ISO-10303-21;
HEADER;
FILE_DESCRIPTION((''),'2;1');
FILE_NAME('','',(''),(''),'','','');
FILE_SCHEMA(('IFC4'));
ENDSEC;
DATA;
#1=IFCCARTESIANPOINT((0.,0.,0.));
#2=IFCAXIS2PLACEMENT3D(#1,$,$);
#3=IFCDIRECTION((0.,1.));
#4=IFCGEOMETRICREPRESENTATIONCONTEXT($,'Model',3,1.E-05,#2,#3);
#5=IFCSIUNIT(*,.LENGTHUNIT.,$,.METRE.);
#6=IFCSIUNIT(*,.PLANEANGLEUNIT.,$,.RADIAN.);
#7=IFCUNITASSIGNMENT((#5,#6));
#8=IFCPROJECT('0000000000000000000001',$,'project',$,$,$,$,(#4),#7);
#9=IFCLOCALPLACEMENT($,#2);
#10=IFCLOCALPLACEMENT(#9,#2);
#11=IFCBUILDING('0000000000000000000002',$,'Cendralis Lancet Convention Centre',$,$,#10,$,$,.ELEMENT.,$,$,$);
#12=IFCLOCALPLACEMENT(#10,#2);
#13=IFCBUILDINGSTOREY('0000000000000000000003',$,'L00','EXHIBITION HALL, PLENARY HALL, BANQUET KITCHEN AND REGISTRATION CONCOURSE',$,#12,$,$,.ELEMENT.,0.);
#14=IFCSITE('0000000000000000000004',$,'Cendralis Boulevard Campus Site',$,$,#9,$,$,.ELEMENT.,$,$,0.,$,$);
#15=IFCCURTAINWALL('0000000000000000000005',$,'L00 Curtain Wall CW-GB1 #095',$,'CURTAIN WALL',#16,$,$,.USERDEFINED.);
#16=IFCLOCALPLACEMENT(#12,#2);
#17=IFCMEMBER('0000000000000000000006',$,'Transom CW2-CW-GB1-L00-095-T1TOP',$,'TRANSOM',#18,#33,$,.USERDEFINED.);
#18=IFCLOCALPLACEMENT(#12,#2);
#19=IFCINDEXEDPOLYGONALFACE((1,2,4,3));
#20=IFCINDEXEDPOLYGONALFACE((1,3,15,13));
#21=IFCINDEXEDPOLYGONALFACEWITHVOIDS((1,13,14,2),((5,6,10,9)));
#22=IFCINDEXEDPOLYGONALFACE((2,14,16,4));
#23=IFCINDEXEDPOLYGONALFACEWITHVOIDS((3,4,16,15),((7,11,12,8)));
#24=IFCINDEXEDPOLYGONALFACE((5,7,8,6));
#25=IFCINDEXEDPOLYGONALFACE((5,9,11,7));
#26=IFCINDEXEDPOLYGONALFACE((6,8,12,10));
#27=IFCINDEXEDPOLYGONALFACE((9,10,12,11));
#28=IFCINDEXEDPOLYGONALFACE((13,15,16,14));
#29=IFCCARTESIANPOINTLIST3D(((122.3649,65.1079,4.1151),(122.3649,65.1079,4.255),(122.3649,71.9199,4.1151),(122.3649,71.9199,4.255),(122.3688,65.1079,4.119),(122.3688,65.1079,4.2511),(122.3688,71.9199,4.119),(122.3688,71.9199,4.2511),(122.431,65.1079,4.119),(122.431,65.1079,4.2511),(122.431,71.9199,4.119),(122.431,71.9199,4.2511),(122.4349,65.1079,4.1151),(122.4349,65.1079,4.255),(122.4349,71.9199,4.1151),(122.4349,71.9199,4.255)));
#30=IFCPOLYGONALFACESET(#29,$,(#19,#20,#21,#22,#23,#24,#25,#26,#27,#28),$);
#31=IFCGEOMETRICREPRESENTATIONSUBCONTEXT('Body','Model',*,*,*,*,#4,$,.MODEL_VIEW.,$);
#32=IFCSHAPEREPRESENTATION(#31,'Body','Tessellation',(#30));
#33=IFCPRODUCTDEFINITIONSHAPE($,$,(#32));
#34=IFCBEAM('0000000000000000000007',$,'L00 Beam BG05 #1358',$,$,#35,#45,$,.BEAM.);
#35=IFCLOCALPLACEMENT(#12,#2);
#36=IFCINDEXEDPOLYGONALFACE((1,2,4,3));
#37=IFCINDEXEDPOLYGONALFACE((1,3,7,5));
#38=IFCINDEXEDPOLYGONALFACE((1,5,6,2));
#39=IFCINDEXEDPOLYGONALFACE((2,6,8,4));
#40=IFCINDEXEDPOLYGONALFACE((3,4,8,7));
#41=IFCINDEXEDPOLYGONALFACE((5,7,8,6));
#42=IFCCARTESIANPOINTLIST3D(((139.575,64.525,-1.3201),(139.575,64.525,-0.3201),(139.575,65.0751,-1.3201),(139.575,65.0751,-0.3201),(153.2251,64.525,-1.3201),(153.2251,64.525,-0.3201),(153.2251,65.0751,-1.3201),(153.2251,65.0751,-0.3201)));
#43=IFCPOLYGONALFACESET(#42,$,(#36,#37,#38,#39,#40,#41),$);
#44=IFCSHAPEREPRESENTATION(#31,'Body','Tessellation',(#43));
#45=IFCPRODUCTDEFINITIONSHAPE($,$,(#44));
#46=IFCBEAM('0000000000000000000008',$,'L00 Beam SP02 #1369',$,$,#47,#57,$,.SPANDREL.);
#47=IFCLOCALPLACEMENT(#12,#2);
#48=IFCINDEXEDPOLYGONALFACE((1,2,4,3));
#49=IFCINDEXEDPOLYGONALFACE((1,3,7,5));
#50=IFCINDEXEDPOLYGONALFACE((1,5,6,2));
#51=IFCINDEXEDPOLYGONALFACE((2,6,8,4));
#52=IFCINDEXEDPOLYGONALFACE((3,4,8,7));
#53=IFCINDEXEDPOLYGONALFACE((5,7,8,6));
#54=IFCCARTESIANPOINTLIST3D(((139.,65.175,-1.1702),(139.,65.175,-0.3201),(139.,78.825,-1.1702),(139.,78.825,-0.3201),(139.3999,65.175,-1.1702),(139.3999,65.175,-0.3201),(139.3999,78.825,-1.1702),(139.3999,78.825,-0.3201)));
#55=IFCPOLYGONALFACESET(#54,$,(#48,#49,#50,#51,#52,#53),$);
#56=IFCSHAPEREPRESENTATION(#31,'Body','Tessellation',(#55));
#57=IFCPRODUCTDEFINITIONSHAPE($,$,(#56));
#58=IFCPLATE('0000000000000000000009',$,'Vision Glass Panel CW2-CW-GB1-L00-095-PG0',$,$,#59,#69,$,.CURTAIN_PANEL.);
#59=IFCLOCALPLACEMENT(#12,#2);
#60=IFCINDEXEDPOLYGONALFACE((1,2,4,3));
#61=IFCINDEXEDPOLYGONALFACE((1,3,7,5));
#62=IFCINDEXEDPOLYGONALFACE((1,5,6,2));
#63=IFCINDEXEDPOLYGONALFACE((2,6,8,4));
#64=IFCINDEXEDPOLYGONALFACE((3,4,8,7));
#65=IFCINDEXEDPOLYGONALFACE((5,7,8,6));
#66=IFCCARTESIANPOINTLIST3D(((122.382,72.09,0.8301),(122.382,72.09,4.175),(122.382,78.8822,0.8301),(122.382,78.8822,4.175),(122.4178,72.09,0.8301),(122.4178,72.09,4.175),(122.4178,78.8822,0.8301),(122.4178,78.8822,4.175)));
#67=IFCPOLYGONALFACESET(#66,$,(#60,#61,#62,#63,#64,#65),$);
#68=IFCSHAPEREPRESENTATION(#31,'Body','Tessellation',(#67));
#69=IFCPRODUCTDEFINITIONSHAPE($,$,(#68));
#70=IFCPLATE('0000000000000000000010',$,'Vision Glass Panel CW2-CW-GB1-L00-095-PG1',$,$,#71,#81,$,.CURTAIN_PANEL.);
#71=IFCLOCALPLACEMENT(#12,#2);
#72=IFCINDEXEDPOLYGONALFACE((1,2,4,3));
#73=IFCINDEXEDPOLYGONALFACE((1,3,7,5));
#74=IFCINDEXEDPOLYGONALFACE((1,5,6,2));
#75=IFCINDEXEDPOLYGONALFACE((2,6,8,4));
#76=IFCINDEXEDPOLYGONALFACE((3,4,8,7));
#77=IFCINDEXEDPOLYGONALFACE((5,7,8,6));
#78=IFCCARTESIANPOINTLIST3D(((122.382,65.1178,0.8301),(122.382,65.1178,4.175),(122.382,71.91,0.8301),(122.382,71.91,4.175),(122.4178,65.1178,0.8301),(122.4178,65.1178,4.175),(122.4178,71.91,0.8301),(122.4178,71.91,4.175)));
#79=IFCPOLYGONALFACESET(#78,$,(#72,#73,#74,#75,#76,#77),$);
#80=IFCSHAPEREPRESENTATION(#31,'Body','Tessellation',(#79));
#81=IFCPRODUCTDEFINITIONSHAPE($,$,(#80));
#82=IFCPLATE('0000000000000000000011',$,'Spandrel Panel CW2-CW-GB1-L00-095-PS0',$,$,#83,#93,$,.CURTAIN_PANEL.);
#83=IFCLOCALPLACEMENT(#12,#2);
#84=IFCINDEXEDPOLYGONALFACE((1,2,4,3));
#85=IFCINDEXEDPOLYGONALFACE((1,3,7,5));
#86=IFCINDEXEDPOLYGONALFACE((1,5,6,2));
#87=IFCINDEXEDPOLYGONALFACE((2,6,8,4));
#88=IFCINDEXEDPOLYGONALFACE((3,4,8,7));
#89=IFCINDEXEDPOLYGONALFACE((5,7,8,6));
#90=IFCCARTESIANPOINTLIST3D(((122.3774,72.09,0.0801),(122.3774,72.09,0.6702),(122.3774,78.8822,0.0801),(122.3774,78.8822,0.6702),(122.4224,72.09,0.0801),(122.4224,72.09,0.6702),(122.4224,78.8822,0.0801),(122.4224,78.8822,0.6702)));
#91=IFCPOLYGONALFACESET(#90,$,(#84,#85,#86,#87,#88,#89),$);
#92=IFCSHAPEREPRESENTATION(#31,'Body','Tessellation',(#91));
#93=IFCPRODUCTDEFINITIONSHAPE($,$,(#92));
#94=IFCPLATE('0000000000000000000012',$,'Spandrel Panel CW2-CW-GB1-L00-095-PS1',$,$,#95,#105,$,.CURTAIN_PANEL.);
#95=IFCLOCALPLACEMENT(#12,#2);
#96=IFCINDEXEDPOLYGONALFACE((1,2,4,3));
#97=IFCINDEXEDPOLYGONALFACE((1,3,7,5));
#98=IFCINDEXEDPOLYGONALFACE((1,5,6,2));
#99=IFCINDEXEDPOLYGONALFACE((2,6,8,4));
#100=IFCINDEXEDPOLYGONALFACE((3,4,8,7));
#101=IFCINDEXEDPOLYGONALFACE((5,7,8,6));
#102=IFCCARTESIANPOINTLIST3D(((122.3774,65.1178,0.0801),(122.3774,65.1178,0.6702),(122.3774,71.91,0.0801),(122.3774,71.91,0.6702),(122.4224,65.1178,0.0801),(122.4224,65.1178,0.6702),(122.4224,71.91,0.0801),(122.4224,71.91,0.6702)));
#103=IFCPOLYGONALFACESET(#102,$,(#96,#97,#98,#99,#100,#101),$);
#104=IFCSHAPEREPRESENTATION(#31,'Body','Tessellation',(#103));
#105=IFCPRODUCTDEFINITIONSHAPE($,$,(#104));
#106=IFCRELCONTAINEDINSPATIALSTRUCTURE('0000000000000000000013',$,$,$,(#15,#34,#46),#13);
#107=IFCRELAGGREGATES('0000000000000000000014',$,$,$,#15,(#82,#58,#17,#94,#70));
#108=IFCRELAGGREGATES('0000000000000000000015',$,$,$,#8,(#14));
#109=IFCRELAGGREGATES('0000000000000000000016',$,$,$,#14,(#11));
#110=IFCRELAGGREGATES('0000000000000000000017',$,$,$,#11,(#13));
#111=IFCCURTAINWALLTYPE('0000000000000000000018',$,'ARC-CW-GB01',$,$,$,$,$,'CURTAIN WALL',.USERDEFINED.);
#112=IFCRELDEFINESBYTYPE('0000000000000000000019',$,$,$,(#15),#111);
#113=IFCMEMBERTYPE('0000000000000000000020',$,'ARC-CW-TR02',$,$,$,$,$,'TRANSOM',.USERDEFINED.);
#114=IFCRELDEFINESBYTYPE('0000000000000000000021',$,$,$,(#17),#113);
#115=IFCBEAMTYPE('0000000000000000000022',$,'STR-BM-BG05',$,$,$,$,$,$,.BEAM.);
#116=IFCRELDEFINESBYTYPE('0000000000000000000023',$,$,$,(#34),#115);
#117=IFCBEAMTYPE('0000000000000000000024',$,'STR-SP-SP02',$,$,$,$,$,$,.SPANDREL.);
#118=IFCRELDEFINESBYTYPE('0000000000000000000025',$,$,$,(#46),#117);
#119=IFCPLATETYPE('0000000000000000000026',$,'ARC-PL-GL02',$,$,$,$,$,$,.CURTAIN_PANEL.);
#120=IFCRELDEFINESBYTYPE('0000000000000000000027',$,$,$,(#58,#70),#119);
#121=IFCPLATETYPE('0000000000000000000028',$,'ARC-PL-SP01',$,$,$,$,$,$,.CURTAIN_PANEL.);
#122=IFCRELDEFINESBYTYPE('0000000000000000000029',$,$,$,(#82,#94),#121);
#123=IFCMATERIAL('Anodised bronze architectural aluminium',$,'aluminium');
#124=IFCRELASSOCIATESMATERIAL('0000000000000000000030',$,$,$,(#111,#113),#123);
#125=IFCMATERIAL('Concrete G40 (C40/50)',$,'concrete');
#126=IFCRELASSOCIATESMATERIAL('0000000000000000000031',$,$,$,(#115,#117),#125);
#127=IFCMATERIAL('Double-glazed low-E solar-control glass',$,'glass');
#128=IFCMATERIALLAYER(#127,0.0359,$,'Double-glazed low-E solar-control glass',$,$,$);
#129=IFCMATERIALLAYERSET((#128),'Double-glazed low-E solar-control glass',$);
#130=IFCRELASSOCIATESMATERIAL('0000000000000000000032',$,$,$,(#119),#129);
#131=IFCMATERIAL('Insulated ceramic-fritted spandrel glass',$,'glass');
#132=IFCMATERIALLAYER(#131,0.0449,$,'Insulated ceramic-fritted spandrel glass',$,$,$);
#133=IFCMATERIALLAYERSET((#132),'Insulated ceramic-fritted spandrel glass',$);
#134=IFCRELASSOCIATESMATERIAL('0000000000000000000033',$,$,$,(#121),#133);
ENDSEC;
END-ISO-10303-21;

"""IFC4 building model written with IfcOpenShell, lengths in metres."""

from ifc_helpers import new_model, si_unit, direction, frame, origin, origin_2d, place, context, subcontext, project, spatial, rectangle, hollow_rectangle, extrude, material, layer, layer_set, material_profile, profile_set, type_object, element, aggregate, save


model = new_model("IFC4")

# Units and contexts
model_context = context("Model", 3, precision=1e-05, world=origin(), true_north=direction((0.0, 1.0)))
body_context = subcontext(model_context, "Body", "Model", "MODEL_VIEW")
ifc_project = project(units=[si_unit("LENGTHUNIT", "METRE"), si_unit("PLANEANGLEUNIT", "RADIAN")], contexts=[model_context])

# Site, building, storey
site_placement = place(None, origin())
site = spatial("IfcSite", under=ifc_project, at=site_placement, Name="Cendralis Boulevard Campus Site", CompositionType="ELEMENT", RefElevation=0.0)
building_placement = place(site_placement, origin())
building = spatial("IfcBuilding", under=site, at=building_placement, Name="Cendralis Lancet Convention Centre", CompositionType="ELEMENT")
storey_placement = place(building_placement, origin())
storey = spatial("IfcBuildingStorey", under=building, at=storey_placement, Name="L00", Description="EXHIBITION HALL, PLENARY HALL, BANQUET KITCHEN AND REGISTRATION CONCOURSE", CompositionType="ELEMENT", Elevation=0.0)

# Shared definitions
ifc_material_1 = material(Name="Concrete G40 (C40/50)", Category="concrete")

# Curtain wall, member
ifc_material_2 = material(Name="Anodised bronze architectural aluminium", Category="aluminium")
curtain_wall_type = type_object("IfcCurtainWallType", Name="ARC-CW-GB01", ElementType="CURTAIN WALL", PredefinedType="USERDEFINED", material=ifc_material_2)
curtain_wall_placement = place(storey_placement, origin())
curtain_wall = element("IfcCurtainWall", 1, at=curtain_wall_placement, inside=storey, type_object=curtain_wall_type, Name="L00 Curtain Wall CW-GB1 #095", ObjectType="CURTAIN WALL", PredefinedType="USERDEFINED")
ifc_material_profile_1 = material_profile(ifc_material_2, hollow_rectangle(XDim=0.0701, YDim=0.1399, WallThickness=0.0039, at=origin_2d()), Name="AL-TRAN 70x140x4.0")
ifc_profile_set_1 = profile_set([ifc_material_profile_1], Name="Anodised bronze architectural aluminium")
member_type_1 = type_object("IfcMemberType", Name="ARC-CW-TR02", ElementType="TRANSOM", PredefinedType="USERDEFINED", material=ifc_profile_set_1)
member_1_placement = place(storey_placement, frame((122.3999, 71.9199, 4.1851), z_axis=(0.0, -1.0, 0.0), x_axis=(1.0, 0.0, 0.0)))
member_1 = element("IfcMember", 2, at=member_1_placement, type_object=member_type_1, Name="Transom CW2-CW-GB1-L00-095-T1TOP", ObjectType="TRANSOM", PredefinedType="USERDEFINED", context=body_context, shape_type="SweptSolid", body=[
    extrude(hollow_rectangle(XDim=0.0701, YDim=0.1399, WallThickness=0.0039, at=origin_2d()), origin(), (0.0, 0.0, 1.0), 6.812),
])

# Beams
ifc_material_profile_2 = material_profile(ifc_material_1, rectangle(XDim=0.55, YDim=1.0, at=origin_2d()), Name="RCB 550x1000")
ifc_profile_set_2 = profile_set([ifc_material_profile_2], Name="Concrete G40 (C40/50)")
beam_type_1 = type_object("IfcBeamType", Name="STR-BM-BG05", PredefinedType="BEAM", material=ifc_profile_set_2)
beam_1_placement = place(storey_placement, frame((139.575, 64.8, -0.8201), z_axis=(1.0, 0.0, 0.0), x_axis=(0.0, 1.0, 0.0)))
element("IfcBeam", 3, at=beam_1_placement, inside=storey, type_object=beam_type_1, Name="L00 Beam BG05 #1358", PredefinedType="BEAM", context=body_context, shape_type="SweptSolid", body=[
    extrude(rectangle(XDim=0.55, YDim=1.0, at=origin_2d()), origin(), (0.0, 0.0, 1.0), 13.6501),
])
ifc_material_profile_3 = material_profile(ifc_material_1, rectangle(XDim=0.3999, YDim=0.8501, at=origin_2d()), Name="RCB 400x850")
ifc_profile_set_3 = profile_set([ifc_material_profile_3], Name="Concrete G40 (C40/50)")
beam_type_2 = type_object("IfcBeamType", Name="STR-SP-SP02", PredefinedType="SPANDREL", material=ifc_profile_set_3)
beam_2_placement = place(storey_placement, frame((139.2, 65.175, -0.7451), z_axis=(0.0, 1.0, 0.0), x_axis=(-1.0, 0.0, 0.0)))
element("IfcBeam", 4, at=beam_2_placement, inside=storey, type_object=beam_type_2, Name="L00 Beam SP02 #1369", PredefinedType="SPANDREL", context=body_context, shape_type="SweptSolid", body=[
    extrude(rectangle(XDim=0.3999, YDim=0.8501, at=origin_2d()), origin(), (0.0, 0.0, 1.0), 13.6499),
])

# Plates
ifc_material_3 = material(Name="Double-glazed low-E solar-control glass", Category="glass")
ifc_layer_1 = layer(ifc_material_3, 0.0359, Name="Double-glazed low-E solar-control glass")
ifc_layer_set_1 = layer_set([ifc_layer_1], Name="Double-glazed low-E solar-control glass")
plate_type_1 = type_object("IfcPlateType", Name="ARC-PL-GL02", PredefinedType="CURTAIN_PANEL", material=ifc_layer_set_1)
plate_1_placement = place(storey_placement, frame((122.3999, 75.4861, 0.8301), z_axis=(0.0, 0.0, 1.0), x_axis=(0.0, -1.0, 0.0)))
plate_1 = element("IfcPlate", 5, at=plate_1_placement, type_object=plate_type_1, Name="Vision Glass Panel CW2-CW-GB1-L00-095-PG0", PredefinedType="CURTAIN_PANEL", context=body_context, shape_type="SweptSolid", body=[
    extrude(rectangle(XDim=6.7922, YDim=0.0359, at=origin_2d()), origin(), (0.0, 0.0, 1.0), 3.345),
])
plate_2_placement = place(storey_placement, frame((122.3999, 68.5139, 0.8301), z_axis=(0.0, 0.0, 1.0), x_axis=(0.0, -1.0, 0.0)))
plate_2 = element("IfcPlate", 6, at=plate_2_placement, type_object=plate_type_1, Name="Vision Glass Panel CW2-CW-GB1-L00-095-PG1", PredefinedType="CURTAIN_PANEL", context=body_context, shape_type="SweptSolid", body=[
    extrude(rectangle(XDim=6.7922, YDim=0.0359, at=origin_2d()), origin(), (0.0, 0.0, 1.0), 3.345),
])
ifc_material_4 = material(Name="Insulated ceramic-fritted spandrel glass", Category="glass")
ifc_layer_2 = layer(ifc_material_4, 0.0449, Name="Insulated ceramic-fritted spandrel glass")
ifc_layer_set_2 = layer_set([ifc_layer_2], Name="Insulated ceramic-fritted spandrel glass")
plate_type_2 = type_object("IfcPlateType", Name="ARC-PL-SP01", PredefinedType="CURTAIN_PANEL", material=ifc_layer_set_2)
plate_3_placement = place(storey_placement, frame((122.3999, 75.4861, 0.0801), z_axis=(0.0, 0.0, 1.0), x_axis=(0.0, -1.0, 0.0)))
plate_3 = element("IfcPlate", 7, at=plate_3_placement, type_object=plate_type_2, Name="Spandrel Panel CW2-CW-GB1-L00-095-PS0", PredefinedType="CURTAIN_PANEL", context=body_context, shape_type="SweptSolid", body=[
    extrude(rectangle(XDim=6.7922, YDim=0.0449, at=origin_2d()), origin(), (0.0, 0.0, 1.0), 0.5901),
])
plate_4_placement = place(storey_placement, frame((122.3999, 68.5139, 0.0801), z_axis=(0.0, 0.0, 1.0), x_axis=(0.0, -1.0, 0.0)))
plate_4 = element("IfcPlate", 8, at=plate_4_placement, type_object=plate_type_2, Name="Spandrel Panel CW2-CW-GB1-L00-095-PS1", PredefinedType="CURTAIN_PANEL", context=body_context, shape_type="SweptSolid", body=[
    extrude(rectangle(XDim=6.7922, YDim=0.0449, at=origin_2d()), origin(), (0.0, 0.0, 1.0), 0.5901),
])
aggregate(curtain_wall, [plate_3, plate_1, member_1, plate_4, plate_2])

save(model, "model.ifc")
